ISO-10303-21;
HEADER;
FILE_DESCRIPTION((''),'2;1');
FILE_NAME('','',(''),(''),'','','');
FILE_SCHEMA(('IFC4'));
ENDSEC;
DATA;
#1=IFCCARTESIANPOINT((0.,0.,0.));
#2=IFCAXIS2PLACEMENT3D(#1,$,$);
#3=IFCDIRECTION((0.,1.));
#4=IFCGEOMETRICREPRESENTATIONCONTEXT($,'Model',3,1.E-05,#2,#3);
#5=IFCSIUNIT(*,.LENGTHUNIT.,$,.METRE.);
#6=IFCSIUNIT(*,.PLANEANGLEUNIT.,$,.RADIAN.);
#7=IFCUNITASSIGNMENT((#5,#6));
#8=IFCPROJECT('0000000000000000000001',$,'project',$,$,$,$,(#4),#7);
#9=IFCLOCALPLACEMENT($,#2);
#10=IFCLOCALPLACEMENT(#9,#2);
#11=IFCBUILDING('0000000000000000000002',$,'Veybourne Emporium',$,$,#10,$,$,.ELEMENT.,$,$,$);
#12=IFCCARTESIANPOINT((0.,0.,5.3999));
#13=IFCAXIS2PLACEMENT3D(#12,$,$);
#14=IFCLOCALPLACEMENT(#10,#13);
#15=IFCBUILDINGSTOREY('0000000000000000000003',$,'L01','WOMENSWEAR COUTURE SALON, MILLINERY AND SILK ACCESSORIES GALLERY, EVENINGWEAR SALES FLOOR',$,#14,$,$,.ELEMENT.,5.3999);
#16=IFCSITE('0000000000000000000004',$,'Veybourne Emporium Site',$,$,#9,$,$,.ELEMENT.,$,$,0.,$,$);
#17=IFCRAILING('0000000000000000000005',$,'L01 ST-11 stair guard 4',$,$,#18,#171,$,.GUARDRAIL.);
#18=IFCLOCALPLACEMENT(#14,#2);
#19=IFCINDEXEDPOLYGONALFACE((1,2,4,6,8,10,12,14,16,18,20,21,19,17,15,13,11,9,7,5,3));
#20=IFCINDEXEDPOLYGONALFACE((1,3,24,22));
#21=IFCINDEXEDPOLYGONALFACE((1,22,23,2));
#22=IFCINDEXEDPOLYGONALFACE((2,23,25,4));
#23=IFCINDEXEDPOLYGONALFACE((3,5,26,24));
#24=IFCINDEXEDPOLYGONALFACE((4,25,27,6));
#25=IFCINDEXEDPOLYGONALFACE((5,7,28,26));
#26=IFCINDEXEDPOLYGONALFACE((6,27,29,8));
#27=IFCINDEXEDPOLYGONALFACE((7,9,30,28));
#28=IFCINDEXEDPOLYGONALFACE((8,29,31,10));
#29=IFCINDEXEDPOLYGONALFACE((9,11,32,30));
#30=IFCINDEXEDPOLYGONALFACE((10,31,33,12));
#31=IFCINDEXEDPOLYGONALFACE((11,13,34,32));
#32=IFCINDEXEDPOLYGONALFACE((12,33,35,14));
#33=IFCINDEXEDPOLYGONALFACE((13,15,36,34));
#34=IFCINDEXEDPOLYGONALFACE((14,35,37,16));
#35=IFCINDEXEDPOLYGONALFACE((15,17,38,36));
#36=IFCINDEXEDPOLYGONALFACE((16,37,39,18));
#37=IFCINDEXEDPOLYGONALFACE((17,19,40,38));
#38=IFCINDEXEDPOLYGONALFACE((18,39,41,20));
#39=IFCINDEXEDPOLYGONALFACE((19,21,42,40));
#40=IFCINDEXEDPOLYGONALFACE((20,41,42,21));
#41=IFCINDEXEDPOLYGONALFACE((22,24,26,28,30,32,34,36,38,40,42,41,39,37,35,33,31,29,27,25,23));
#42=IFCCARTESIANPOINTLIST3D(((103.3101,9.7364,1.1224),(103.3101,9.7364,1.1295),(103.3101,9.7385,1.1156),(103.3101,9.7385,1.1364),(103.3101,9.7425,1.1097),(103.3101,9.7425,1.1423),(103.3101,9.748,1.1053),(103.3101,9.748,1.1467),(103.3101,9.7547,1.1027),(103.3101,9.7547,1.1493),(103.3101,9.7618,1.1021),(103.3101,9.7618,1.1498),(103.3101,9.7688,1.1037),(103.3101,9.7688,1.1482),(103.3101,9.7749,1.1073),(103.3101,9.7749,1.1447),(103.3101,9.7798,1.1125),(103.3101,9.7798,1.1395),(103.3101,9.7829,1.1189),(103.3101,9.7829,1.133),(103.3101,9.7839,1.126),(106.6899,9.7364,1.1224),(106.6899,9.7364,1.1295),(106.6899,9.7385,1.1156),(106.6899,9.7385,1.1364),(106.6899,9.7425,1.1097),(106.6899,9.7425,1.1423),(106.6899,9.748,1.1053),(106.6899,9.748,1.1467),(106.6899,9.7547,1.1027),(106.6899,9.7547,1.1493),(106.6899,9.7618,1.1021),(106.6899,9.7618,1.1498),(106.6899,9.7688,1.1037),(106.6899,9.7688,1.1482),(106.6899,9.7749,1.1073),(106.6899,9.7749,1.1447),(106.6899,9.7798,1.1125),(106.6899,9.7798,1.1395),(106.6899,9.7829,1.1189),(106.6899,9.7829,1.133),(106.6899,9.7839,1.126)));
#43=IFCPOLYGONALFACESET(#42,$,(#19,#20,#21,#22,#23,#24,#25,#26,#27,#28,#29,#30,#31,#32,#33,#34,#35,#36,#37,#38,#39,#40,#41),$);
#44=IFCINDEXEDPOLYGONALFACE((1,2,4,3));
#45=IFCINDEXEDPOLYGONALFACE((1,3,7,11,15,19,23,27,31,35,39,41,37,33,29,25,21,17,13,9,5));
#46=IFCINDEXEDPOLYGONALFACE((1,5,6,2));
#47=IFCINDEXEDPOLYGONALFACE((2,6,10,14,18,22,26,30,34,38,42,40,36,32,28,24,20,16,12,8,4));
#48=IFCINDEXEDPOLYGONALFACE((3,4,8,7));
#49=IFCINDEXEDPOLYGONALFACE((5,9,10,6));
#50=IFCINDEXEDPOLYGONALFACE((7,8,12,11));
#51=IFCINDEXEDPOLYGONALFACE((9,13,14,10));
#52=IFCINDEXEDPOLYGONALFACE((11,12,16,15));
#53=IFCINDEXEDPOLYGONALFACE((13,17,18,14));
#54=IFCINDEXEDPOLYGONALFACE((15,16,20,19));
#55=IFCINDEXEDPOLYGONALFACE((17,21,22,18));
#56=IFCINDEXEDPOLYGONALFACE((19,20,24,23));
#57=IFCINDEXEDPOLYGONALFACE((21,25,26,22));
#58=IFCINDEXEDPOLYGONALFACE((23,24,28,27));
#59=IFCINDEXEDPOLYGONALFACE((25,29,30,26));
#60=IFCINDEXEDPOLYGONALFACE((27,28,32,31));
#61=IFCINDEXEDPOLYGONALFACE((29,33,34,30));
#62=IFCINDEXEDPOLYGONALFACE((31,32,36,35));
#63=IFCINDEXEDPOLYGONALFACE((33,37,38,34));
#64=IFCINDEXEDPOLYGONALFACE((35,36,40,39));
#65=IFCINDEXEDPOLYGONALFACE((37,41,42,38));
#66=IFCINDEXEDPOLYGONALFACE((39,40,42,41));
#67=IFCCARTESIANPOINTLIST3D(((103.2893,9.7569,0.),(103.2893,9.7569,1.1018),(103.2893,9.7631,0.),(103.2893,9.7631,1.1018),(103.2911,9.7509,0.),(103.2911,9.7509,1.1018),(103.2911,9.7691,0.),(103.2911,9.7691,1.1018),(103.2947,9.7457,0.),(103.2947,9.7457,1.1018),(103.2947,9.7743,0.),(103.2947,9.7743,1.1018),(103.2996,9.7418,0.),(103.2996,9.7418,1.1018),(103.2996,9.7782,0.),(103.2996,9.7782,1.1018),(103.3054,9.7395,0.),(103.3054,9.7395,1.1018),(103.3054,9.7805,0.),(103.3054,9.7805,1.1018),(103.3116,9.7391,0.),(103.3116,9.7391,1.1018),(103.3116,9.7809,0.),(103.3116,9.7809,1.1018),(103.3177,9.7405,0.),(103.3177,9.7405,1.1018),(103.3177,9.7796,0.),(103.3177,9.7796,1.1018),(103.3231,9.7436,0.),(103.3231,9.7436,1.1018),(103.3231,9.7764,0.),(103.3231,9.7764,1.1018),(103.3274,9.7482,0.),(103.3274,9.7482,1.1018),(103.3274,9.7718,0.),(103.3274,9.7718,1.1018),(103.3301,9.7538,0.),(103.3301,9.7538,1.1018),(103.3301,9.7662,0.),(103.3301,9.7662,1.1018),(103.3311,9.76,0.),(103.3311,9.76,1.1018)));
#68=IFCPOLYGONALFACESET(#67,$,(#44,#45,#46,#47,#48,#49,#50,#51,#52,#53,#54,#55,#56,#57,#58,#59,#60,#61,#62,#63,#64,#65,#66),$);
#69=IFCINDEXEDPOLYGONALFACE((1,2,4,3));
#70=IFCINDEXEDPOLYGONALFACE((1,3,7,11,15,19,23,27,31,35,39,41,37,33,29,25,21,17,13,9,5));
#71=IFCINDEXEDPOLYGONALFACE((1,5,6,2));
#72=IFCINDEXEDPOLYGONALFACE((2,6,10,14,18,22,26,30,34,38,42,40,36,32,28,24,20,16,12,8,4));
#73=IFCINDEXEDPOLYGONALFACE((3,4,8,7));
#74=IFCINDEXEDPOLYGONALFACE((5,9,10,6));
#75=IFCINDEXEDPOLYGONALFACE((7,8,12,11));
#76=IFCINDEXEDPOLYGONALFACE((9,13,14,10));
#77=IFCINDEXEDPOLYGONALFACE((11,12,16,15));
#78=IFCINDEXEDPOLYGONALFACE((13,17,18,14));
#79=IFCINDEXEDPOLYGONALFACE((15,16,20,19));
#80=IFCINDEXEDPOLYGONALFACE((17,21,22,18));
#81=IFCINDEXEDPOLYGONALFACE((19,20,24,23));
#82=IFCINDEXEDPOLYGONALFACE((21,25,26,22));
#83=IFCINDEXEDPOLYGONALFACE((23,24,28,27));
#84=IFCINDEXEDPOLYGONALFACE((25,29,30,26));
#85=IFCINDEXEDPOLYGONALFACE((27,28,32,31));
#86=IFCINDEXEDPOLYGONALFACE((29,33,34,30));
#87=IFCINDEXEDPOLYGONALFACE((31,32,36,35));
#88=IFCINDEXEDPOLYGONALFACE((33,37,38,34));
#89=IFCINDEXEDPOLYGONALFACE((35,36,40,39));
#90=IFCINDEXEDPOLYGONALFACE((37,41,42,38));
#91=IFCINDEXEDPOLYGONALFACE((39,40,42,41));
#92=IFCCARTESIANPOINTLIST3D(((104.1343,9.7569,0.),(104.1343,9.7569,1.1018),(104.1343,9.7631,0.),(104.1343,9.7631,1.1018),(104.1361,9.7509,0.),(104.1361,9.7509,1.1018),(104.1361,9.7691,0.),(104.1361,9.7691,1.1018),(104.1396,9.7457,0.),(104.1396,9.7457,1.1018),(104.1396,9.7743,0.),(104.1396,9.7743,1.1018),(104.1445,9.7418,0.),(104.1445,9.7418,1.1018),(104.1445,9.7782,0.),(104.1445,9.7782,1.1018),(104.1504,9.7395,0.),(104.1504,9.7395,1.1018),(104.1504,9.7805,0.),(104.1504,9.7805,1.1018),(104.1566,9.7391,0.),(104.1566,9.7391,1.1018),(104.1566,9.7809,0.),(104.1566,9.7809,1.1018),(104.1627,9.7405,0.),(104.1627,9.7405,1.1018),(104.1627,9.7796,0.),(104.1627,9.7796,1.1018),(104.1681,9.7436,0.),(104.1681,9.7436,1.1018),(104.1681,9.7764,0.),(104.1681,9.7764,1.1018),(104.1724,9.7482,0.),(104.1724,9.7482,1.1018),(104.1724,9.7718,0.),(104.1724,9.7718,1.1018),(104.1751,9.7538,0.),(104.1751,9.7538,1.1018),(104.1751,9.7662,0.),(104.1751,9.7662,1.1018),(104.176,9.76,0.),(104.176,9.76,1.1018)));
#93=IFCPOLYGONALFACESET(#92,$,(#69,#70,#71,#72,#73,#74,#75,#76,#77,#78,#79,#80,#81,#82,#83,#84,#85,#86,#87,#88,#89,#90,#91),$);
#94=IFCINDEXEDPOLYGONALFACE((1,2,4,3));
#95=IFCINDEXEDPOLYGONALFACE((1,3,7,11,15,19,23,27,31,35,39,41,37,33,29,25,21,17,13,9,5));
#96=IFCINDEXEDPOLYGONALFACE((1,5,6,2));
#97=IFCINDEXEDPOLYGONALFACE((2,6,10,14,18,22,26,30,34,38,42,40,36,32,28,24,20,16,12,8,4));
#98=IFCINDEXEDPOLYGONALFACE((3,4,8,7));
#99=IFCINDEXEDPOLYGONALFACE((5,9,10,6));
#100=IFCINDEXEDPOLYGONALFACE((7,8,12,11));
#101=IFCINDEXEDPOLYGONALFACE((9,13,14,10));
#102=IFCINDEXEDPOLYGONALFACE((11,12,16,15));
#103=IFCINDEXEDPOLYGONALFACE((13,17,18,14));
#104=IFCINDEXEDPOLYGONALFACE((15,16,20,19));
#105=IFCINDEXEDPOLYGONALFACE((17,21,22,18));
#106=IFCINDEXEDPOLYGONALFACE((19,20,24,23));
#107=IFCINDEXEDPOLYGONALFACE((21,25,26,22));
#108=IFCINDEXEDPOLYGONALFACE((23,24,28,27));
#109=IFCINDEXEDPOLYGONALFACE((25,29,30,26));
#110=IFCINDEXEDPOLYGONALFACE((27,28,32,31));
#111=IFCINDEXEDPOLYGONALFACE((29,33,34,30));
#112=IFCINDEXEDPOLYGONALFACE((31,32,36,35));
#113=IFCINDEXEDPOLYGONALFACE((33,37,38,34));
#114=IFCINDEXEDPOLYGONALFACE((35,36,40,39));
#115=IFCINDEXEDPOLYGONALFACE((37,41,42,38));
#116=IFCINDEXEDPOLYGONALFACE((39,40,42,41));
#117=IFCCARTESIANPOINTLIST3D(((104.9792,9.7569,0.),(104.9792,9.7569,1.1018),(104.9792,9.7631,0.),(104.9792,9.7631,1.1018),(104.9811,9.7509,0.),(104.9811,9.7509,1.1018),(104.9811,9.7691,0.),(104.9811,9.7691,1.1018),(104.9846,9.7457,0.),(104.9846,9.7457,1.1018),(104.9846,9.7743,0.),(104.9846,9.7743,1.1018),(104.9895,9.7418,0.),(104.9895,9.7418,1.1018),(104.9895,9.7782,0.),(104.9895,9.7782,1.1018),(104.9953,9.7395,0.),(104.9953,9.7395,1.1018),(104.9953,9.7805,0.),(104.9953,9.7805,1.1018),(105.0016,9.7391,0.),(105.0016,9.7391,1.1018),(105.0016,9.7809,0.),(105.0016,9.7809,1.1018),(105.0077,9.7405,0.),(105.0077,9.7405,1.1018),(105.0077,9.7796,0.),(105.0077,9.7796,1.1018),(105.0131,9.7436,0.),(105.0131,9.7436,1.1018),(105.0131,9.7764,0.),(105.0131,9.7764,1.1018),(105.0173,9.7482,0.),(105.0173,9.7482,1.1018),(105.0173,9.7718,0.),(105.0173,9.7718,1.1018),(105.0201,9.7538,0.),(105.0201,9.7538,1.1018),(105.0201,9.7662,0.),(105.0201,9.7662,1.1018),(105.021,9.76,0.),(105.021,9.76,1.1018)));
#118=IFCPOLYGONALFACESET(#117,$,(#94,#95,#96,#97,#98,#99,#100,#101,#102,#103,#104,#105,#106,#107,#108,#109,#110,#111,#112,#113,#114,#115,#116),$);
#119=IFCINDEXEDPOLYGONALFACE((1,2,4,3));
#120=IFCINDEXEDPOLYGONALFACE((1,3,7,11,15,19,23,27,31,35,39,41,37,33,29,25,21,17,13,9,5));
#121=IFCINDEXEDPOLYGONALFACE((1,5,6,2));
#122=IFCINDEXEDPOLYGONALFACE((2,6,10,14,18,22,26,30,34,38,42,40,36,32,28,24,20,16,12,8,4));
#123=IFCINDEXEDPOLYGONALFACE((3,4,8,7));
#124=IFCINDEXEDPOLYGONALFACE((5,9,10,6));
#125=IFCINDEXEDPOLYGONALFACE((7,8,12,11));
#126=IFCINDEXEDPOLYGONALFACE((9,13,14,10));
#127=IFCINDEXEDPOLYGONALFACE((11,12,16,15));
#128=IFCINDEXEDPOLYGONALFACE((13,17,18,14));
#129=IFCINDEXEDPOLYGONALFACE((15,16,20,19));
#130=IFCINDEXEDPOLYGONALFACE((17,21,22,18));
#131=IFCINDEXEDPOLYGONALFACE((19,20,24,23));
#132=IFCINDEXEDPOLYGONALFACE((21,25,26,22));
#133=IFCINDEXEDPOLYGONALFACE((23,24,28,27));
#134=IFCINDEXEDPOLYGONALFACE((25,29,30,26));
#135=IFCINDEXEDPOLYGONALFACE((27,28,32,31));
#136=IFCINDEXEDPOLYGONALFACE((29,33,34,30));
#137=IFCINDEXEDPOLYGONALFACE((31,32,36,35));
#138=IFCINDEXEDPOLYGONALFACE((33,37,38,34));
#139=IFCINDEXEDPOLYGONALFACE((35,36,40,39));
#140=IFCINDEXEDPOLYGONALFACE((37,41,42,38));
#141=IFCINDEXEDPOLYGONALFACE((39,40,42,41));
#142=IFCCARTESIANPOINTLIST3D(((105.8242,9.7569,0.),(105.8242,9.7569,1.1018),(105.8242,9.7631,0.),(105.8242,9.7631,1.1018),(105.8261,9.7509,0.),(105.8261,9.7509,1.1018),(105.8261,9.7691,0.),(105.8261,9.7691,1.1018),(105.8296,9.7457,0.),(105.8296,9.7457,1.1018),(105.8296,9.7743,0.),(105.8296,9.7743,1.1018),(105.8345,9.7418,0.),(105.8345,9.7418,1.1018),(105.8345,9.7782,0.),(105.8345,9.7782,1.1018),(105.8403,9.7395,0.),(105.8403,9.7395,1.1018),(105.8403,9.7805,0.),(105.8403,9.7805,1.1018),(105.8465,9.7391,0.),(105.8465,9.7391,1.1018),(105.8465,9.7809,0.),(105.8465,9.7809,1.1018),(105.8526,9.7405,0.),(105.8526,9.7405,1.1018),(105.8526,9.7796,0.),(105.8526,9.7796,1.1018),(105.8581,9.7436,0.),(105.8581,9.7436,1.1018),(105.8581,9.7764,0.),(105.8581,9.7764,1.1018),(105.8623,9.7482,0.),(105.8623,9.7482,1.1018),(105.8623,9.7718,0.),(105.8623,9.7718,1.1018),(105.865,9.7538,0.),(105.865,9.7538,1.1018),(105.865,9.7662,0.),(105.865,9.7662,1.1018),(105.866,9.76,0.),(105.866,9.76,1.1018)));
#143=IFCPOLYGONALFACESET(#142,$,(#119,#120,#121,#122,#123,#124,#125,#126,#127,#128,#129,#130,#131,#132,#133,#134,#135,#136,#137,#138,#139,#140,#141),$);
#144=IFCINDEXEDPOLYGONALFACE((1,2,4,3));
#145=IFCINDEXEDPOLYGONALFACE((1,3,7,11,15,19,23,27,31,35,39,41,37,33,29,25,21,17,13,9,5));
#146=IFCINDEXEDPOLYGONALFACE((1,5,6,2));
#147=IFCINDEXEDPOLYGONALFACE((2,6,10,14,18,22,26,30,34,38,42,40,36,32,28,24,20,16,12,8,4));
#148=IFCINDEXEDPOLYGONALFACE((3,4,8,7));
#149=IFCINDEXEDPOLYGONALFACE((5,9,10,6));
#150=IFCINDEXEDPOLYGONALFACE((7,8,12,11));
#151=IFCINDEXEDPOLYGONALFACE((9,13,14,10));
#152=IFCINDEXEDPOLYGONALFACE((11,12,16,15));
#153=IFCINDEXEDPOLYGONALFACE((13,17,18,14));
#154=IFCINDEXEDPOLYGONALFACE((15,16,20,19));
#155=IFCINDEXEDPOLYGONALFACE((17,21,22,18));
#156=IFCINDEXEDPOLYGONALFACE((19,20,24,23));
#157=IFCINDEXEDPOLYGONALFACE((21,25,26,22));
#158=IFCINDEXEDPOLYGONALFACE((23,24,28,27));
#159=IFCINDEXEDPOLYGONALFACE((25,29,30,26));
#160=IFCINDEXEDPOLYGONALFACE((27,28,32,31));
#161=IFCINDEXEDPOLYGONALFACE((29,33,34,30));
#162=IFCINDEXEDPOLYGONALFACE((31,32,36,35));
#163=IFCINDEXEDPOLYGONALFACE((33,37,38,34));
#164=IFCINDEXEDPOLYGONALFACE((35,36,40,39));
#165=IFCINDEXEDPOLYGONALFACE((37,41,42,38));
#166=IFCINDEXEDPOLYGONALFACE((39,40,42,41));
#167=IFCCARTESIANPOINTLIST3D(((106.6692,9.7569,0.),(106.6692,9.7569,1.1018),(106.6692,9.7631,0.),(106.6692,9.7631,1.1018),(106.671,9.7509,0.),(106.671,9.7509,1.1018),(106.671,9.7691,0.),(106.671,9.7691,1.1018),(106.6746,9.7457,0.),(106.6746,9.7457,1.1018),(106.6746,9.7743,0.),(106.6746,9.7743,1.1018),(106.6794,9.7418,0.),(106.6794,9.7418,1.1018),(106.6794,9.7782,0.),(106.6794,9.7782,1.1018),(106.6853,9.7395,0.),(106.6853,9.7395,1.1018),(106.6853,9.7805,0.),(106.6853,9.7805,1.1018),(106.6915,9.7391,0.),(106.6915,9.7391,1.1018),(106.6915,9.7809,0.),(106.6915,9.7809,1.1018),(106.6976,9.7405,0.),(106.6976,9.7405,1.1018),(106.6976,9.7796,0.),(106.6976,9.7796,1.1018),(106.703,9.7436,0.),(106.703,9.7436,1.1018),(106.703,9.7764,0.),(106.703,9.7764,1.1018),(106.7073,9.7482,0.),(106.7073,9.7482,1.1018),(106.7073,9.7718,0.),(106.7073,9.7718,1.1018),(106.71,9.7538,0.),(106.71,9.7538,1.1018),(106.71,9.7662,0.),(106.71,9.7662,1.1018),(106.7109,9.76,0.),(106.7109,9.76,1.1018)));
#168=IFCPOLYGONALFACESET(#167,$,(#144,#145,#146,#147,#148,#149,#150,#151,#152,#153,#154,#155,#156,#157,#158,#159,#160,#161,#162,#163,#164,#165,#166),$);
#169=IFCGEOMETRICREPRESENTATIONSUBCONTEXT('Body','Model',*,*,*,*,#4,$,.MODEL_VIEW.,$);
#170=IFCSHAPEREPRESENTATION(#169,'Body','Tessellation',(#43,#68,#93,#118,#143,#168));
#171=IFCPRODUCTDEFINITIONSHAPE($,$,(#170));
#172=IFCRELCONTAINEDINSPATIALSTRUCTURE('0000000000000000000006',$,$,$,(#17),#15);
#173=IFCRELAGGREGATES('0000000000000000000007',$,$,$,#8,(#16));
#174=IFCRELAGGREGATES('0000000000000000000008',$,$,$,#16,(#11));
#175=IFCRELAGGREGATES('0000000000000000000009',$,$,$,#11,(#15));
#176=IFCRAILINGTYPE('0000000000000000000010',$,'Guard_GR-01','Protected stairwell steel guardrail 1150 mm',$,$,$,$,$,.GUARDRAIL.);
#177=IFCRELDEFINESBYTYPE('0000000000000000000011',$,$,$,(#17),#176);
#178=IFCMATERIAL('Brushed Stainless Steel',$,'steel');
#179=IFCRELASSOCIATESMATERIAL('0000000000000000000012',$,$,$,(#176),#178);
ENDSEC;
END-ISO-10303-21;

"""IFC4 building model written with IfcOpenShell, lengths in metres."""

from ifc_helpers import new_model, si_unit, direction, frame, origin, origin_2d, place, context, subcontext, project, spatial, circle, extrude, material, type_object, element, save


model = new_model("IFC4")

# Units and contexts
model_context = context("Model", 3, precision=1e-05, world=origin(), true_north=direction((0.0, 1.0)))
body_context = subcontext(model_context, "Body", "Model", "MODEL_VIEW")
ifc_project = project(units=[si_unit("LENGTHUNIT", "METRE"), si_unit("PLANEANGLEUNIT", "RADIAN")], contexts=[model_context])

# Site, building, storey
site_placement = place(None, origin())
site = spatial("IfcSite", under=ifc_project, at=site_placement, Name="Veybourne Emporium Site", CompositionType="ELEMENT", RefElevation=0.0)
building_placement = place(site_placement, origin())
building = spatial("IfcBuilding", under=site, at=building_placement, Name="Veybourne Emporium", CompositionType="ELEMENT")
storey_placement = place(building_placement, frame((0.0, 0.0, 5.3999)))
storey = spatial("IfcBuildingStorey", under=building, at=storey_placement, Name="L01", Description="WOMENSWEAR COUTURE SALON, MILLINERY AND SILK ACCESSORIES GALLERY, EVENINGWEAR SALES FLOOR", CompositionType="ELEMENT", Elevation=5.3999)

# Railing
ifc_material_1 = material(Name="Brushed Stainless Steel", Category="steel")
railing_type = type_object("IfcRailingType", Name="Guard_GR-01", Description="Protected stairwell steel guardrail 1150 mm", PredefinedType="GUARDRAIL", material=ifc_material_1)
railing_placement = place(storey_placement, frame((103.3101, 9.76, 0.0)))
element("IfcRailing", 1, at=railing_placement, inside=storey, type_object=railing_type, Name="L01 ST-11 stair guard 4", PredefinedType="GUARDRAIL", context=body_context, shape_type="SweptSolid", body=[
    extrude(circle(Radius=0.0239, at=origin_2d()), frame((0.0, 0.0, 1.126), z_axis=(1.0, 0.0, 0.0), x_axis=(0.0, 1.0, 0.0)), (0.0, 0.0, 1.0), 3.3799),
    extrude(circle(Radius=0.021, at=origin_2d()), origin(), (0.0, 0.0, 1.0), 1.1018),
    extrude(circle(Radius=0.021, at=origin_2d()), frame((0.845, 0.0, 0.0)), (0.0, 0.0, 1.0), 1.1018),
    extrude(circle(Radius=0.021, at=origin_2d()), frame((1.6899, 0.0, 0.0)), (0.0, 0.0, 1.0), 1.1018),
    extrude(circle(Radius=0.021, at=origin_2d()), frame((2.5349, 0.0, 0.0)), (0.0, 0.0, 1.0), 1.1018),
    extrude(circle(Radius=0.021, at=origin_2d()), frame((3.3799, 0.0, 0.0)), (0.0, 0.0, 1.0), 1.1018),
])

save(model, "model.ifc")
